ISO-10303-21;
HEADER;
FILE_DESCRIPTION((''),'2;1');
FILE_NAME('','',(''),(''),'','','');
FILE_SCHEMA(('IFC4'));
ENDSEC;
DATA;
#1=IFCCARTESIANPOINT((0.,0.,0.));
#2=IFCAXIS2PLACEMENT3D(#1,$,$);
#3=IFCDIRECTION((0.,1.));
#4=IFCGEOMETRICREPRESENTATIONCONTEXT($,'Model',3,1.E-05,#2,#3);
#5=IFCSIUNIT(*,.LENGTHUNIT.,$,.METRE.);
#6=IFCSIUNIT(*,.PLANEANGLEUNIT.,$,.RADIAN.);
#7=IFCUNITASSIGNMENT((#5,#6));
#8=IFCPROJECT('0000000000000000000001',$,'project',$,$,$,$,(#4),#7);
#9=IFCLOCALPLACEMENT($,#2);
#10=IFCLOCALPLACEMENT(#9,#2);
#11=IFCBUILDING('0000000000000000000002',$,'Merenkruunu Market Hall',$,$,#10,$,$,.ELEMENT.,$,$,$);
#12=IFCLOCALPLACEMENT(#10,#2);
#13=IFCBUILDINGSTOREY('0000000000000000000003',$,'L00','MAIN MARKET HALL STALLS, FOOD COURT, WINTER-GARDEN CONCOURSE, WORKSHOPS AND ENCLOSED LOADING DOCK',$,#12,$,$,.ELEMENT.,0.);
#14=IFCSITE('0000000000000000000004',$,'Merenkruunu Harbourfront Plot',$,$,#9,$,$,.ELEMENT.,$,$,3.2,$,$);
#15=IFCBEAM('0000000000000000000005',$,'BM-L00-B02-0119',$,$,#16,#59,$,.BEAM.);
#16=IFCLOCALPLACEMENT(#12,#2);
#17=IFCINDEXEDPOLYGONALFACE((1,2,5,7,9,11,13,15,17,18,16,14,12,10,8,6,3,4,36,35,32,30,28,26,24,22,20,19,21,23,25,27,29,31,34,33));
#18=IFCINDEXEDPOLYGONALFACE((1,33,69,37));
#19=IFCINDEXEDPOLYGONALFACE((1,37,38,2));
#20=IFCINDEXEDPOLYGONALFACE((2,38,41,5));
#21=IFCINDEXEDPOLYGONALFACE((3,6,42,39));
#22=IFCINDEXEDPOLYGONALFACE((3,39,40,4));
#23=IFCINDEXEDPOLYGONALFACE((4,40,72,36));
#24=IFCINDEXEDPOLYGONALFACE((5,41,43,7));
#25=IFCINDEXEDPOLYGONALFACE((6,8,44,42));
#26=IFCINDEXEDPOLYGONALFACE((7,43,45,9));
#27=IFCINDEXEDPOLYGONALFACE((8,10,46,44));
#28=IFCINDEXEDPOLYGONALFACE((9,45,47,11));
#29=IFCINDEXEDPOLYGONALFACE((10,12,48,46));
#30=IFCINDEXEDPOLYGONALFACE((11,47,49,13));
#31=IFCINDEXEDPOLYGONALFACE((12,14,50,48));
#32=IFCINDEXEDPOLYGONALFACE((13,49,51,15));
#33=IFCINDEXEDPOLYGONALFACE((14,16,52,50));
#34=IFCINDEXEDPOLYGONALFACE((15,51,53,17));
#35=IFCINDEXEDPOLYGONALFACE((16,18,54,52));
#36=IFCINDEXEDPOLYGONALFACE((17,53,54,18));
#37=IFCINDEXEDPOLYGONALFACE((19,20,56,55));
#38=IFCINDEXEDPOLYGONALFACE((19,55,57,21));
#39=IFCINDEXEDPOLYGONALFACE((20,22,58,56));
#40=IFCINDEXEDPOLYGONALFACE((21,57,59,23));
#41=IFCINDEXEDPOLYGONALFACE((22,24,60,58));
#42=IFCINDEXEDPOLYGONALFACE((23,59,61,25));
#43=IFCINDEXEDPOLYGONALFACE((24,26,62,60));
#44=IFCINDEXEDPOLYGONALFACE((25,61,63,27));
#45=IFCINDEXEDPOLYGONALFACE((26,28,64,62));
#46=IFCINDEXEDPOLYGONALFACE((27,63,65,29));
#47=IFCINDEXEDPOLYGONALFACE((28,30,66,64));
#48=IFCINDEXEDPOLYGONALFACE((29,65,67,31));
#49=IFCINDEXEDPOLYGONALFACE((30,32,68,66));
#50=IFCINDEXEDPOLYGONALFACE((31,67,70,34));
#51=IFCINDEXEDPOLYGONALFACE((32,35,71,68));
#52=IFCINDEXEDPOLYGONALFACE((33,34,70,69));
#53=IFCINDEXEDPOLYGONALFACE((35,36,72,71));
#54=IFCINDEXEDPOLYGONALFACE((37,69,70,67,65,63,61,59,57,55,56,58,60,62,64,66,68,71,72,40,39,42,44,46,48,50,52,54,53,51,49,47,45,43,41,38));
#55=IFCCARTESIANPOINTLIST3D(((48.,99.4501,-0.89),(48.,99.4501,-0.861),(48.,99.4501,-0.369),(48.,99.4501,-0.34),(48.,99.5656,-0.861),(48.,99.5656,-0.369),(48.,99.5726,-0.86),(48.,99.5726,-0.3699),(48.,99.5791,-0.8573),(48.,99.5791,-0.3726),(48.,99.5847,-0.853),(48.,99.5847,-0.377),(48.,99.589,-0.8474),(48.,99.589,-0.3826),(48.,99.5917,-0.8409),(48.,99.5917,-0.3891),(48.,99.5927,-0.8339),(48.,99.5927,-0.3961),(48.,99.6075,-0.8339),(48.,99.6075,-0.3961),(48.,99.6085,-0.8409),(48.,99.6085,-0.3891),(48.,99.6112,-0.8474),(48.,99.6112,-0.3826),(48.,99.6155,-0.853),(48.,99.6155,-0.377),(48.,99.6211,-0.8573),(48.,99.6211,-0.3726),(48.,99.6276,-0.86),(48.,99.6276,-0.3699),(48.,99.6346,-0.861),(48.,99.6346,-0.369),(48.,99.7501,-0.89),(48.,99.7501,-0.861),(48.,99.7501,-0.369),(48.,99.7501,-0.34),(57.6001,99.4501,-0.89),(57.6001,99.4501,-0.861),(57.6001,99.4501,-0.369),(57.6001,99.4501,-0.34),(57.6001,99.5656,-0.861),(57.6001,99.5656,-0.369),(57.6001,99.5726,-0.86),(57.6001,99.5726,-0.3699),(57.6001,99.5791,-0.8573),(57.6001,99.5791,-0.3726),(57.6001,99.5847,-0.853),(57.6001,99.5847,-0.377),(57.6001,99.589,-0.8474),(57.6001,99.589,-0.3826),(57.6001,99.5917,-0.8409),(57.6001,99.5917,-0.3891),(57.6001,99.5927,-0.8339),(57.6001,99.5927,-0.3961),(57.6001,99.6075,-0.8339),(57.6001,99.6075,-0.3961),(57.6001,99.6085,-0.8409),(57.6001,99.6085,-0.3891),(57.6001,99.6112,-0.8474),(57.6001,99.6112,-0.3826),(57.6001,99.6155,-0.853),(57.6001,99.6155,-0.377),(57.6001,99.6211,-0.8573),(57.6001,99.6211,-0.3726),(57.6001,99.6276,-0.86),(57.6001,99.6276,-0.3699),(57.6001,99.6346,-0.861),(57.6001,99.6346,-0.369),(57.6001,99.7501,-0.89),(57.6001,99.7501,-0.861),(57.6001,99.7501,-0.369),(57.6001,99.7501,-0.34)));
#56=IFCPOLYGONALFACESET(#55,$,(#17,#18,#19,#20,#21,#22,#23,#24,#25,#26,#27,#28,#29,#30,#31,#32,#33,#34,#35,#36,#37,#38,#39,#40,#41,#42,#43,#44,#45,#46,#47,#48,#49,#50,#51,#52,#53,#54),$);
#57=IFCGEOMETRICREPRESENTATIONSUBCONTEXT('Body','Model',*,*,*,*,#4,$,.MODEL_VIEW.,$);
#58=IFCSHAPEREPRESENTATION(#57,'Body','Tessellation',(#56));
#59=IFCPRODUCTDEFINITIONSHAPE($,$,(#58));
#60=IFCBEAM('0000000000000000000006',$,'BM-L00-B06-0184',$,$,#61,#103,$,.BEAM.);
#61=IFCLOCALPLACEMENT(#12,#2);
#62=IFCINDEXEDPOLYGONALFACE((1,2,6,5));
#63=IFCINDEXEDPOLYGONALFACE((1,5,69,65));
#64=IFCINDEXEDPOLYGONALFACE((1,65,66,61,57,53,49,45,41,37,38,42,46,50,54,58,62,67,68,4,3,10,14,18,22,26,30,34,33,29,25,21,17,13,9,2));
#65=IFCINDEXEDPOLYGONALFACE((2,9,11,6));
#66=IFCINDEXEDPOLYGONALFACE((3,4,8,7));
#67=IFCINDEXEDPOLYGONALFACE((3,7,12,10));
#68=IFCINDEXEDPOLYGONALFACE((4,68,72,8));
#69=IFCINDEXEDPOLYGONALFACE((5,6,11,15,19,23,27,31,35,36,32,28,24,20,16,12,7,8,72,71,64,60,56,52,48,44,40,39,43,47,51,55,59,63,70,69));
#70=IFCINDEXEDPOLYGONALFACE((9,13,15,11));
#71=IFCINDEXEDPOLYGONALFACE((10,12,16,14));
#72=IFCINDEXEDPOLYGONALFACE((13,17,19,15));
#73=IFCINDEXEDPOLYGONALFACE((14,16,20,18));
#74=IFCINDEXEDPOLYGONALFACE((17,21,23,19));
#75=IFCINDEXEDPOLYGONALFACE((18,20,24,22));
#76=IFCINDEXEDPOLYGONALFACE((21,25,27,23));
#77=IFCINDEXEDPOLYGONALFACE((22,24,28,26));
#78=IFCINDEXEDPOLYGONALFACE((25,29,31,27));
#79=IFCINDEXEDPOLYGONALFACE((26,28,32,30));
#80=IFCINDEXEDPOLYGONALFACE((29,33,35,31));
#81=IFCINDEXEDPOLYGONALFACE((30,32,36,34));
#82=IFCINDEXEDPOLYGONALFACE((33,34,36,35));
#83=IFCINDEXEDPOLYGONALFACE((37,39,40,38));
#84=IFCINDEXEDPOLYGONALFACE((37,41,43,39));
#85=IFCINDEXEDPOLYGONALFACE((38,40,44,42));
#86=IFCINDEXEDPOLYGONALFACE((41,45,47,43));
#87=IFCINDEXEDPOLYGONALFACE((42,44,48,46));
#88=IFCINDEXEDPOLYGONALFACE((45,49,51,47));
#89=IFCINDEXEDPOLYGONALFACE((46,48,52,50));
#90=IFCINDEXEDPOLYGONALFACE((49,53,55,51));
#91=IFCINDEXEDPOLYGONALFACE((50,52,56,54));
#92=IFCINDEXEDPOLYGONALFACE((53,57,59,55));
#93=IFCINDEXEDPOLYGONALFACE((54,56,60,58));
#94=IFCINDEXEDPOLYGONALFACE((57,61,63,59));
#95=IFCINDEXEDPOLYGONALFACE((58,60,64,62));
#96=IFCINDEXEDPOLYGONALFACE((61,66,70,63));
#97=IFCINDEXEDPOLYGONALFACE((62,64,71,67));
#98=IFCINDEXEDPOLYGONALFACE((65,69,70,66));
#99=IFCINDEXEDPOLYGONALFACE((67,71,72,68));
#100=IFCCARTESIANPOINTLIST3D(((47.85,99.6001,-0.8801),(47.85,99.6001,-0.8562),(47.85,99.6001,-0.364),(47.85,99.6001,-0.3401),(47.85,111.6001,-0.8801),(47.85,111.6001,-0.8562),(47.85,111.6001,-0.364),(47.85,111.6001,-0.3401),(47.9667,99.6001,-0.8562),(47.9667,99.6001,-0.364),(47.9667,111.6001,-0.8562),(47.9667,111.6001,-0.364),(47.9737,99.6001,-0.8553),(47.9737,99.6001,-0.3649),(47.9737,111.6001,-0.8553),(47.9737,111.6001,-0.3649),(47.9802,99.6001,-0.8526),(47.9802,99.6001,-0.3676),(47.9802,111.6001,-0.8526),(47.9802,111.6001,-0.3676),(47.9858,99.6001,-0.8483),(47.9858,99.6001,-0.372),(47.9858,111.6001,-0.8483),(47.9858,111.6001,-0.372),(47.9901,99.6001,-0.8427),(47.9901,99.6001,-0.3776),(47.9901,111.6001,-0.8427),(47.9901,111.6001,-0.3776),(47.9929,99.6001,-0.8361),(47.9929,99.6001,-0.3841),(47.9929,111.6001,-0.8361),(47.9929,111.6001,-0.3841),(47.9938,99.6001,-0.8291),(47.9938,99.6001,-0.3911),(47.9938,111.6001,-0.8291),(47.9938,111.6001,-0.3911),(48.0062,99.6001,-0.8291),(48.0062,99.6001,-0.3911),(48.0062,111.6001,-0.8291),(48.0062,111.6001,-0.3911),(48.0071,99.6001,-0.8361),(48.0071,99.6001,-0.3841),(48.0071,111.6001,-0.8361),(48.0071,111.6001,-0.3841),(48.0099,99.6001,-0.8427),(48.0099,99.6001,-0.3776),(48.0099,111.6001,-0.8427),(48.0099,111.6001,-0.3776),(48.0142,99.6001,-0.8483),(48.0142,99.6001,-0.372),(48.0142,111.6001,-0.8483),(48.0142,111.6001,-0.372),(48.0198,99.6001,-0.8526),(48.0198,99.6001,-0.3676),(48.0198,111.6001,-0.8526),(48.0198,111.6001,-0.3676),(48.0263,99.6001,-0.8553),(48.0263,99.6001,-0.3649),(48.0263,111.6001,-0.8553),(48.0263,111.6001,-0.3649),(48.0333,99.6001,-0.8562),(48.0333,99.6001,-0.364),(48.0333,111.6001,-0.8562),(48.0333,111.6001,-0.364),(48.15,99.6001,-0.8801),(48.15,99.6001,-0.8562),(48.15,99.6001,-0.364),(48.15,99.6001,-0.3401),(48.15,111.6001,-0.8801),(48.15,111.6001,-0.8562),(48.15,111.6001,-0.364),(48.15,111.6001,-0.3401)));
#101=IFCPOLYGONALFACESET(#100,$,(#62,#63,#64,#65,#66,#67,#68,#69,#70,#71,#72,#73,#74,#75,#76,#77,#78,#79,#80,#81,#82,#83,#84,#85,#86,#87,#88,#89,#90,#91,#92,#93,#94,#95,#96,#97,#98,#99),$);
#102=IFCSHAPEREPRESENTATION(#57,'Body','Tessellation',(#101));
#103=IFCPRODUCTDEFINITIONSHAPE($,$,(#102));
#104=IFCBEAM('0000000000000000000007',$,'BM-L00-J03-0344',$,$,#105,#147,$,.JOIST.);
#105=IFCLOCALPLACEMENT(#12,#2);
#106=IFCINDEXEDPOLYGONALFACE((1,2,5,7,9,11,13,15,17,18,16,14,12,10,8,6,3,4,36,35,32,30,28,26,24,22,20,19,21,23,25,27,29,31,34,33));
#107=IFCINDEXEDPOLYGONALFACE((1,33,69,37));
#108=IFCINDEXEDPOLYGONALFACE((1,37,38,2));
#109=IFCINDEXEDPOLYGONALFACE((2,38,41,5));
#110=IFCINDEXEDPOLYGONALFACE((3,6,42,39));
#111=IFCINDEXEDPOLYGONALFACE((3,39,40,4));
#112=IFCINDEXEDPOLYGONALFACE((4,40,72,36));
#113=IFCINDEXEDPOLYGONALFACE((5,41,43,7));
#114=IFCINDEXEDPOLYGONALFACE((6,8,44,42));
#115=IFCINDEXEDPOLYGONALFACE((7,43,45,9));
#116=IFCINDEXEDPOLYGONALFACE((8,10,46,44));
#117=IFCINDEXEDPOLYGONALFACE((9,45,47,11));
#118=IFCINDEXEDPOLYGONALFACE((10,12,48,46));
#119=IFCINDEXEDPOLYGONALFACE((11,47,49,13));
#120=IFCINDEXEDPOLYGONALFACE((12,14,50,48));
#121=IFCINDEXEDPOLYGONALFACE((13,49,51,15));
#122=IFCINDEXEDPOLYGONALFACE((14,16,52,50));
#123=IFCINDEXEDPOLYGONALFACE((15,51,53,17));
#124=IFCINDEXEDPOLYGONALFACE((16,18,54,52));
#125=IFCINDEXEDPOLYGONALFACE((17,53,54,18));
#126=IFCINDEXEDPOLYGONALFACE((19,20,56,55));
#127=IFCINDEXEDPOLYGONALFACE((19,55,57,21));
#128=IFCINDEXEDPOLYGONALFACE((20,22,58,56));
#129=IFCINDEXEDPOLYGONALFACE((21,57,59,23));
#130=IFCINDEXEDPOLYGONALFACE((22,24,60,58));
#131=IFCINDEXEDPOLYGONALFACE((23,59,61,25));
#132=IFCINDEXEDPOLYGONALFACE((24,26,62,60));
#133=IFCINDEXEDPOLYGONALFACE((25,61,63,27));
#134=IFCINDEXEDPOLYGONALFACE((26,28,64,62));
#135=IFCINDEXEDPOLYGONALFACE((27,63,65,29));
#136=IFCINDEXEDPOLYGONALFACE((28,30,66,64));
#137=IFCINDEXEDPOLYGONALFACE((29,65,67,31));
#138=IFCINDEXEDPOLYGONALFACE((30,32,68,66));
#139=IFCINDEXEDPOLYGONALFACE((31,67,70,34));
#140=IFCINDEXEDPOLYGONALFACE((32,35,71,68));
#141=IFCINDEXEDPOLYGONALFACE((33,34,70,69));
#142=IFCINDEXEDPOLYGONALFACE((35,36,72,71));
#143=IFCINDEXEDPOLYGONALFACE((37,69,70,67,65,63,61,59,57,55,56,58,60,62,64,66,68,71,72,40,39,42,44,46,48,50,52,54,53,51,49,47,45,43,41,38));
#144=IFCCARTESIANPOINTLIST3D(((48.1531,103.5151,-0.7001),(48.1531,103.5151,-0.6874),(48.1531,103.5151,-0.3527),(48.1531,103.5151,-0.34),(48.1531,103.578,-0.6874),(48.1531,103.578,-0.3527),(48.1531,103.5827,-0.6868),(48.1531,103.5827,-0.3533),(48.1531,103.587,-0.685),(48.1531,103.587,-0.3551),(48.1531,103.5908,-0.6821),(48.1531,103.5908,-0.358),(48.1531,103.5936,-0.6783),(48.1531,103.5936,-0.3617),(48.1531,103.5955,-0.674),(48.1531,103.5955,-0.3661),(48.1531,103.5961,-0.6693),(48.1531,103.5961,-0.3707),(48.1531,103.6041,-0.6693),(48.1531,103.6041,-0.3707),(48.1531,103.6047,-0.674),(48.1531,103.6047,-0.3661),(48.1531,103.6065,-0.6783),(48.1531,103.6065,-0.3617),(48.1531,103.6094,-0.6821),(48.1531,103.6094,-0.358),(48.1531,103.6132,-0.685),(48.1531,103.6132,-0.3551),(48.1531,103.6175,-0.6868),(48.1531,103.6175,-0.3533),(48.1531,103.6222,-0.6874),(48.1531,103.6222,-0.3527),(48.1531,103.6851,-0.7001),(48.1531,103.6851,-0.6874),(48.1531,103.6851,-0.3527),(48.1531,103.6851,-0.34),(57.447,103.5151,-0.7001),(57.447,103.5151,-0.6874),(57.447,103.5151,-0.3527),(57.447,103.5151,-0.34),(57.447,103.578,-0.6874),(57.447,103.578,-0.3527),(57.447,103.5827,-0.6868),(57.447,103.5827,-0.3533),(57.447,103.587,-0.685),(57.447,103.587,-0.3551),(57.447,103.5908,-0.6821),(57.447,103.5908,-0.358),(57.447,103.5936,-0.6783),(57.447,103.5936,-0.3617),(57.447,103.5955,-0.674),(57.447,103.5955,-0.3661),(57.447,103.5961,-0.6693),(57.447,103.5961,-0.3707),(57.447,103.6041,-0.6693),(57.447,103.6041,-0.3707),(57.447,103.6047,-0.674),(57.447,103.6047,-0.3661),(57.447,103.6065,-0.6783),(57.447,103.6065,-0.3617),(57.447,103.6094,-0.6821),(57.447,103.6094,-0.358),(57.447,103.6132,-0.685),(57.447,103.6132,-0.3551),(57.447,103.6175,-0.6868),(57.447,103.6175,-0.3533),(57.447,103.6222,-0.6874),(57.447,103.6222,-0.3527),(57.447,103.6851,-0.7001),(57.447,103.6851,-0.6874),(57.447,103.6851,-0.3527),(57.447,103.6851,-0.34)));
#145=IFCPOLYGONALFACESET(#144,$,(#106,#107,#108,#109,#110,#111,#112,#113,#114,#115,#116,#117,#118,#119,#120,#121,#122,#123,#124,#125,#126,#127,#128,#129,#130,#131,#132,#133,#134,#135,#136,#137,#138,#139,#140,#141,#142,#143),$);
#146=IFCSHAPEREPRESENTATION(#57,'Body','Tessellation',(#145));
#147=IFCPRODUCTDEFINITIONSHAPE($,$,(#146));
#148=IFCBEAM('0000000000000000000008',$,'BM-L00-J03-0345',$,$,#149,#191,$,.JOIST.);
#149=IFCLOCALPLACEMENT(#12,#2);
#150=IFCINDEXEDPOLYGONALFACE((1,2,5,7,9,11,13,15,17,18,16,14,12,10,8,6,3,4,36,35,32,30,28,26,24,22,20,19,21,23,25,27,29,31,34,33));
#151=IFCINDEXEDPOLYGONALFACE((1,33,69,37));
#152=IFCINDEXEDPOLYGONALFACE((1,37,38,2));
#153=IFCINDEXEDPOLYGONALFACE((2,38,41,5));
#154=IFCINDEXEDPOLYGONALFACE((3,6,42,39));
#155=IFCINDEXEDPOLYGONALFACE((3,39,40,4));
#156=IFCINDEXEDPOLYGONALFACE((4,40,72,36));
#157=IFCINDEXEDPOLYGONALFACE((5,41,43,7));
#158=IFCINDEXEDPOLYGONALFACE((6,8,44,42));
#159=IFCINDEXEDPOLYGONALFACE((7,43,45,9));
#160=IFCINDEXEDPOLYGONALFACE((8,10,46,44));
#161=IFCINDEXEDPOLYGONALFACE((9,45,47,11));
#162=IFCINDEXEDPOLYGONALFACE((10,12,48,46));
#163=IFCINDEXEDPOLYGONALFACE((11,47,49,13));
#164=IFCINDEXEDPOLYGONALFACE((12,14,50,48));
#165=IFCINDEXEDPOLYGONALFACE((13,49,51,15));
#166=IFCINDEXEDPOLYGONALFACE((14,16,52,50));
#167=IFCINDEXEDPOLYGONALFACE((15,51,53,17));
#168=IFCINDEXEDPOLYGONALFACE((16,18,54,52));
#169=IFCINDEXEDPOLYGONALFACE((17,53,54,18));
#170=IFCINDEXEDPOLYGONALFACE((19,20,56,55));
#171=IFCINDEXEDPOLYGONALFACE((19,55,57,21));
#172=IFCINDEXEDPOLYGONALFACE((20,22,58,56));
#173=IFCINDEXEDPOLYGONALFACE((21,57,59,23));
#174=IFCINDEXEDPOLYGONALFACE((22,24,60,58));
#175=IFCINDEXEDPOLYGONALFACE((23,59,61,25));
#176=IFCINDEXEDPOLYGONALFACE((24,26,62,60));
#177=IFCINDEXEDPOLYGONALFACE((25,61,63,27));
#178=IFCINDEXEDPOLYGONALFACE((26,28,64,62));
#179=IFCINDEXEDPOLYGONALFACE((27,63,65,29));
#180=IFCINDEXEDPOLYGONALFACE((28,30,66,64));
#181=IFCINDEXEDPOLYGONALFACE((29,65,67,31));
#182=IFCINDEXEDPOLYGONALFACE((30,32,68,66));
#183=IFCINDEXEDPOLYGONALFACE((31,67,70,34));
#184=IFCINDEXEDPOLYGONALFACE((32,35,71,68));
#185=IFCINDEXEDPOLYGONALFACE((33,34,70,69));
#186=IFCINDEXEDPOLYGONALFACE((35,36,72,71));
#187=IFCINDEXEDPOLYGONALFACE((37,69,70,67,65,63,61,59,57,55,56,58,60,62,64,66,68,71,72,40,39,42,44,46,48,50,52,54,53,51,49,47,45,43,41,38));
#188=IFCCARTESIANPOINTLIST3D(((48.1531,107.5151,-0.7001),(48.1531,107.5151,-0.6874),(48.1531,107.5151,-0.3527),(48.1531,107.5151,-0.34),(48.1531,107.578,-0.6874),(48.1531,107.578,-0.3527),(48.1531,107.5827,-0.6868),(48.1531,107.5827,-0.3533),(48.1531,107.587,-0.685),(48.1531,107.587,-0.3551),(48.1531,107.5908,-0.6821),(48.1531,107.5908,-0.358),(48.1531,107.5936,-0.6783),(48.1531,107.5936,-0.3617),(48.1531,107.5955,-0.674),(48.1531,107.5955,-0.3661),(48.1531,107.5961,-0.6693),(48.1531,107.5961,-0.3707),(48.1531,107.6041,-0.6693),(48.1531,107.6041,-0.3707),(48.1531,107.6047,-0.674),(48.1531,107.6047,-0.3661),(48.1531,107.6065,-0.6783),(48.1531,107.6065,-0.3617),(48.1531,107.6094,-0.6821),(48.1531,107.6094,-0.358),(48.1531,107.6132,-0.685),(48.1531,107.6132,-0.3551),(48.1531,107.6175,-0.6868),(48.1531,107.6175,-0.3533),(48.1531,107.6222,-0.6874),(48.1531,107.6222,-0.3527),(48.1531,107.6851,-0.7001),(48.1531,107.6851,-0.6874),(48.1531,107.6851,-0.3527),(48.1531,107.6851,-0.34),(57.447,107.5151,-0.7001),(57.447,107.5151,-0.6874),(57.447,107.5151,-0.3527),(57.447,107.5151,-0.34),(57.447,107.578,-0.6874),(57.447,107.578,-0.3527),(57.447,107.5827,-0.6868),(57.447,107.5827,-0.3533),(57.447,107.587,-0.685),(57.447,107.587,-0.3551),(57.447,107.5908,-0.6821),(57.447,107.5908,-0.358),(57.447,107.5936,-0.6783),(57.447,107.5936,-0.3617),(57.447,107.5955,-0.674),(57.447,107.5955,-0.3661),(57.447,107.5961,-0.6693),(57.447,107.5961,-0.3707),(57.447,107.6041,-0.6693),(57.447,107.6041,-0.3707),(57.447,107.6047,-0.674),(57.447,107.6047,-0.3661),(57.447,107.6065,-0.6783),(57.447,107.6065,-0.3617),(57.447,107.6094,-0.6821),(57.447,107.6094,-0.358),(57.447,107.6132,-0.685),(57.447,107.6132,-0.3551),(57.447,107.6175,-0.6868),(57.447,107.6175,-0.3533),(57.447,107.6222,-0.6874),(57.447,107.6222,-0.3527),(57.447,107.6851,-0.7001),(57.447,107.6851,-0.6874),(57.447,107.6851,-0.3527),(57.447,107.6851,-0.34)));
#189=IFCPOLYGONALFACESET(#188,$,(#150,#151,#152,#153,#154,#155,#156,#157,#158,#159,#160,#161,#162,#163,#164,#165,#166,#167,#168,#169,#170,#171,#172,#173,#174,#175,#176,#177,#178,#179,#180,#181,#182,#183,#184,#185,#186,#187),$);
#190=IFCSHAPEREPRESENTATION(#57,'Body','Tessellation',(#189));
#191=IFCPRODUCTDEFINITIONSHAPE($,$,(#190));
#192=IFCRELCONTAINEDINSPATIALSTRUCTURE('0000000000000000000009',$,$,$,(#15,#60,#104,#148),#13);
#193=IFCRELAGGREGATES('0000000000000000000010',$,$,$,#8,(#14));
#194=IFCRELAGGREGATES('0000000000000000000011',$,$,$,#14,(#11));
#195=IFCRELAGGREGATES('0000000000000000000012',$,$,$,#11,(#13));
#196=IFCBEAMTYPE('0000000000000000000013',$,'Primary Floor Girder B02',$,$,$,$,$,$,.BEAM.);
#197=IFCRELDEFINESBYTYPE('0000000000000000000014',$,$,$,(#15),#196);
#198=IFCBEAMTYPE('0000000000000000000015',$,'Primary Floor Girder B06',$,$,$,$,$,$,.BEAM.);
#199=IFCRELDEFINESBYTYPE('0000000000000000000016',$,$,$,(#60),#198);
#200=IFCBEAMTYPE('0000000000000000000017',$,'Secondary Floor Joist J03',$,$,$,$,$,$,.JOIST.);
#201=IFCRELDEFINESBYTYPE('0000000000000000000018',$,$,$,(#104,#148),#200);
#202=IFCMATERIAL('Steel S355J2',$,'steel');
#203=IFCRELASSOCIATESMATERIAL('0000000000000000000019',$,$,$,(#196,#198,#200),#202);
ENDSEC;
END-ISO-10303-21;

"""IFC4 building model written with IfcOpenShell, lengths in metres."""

from ifc_helpers import new_model, si_unit, direction, frame, origin, origin_2d, place, context, subcontext, project, spatial, i_section, extrude, material, material_profile, profile_set, type_object, element, save


model = new_model("IFC4")

# Units and contexts
model_context = context("Model", 3, precision=1e-05, world=origin(), true_north=direction((0.0, 1.0)))
body_context = subcontext(model_context, "Body", "Model", "MODEL_VIEW")
ifc_project = project(units=[si_unit("LENGTHUNIT", "METRE"), si_unit("PLANEANGLEUNIT", "RADIAN")], contexts=[model_context])

# Site, building, storey
site_placement = place(None, origin())
site = spatial("IfcSite", under=ifc_project, at=site_placement, Name="Merenkruunu Harbourfront Plot", CompositionType="ELEMENT", RefElevation=3.2)
building_placement = place(site_placement, origin())
building = spatial("IfcBuilding", under=site, at=building_placement, Name="Merenkruunu Market Hall", CompositionType="ELEMENT")
storey_placement = place(building_placement, origin())
storey = spatial("IfcBuildingStorey", under=building, at=storey_placement, Name="L00", Description="MAIN MARKET HALL STALLS, FOOD COURT, WINTER-GARDEN CONCOURSE, WORKSHOPS AND ENCLOSED LOADING DOCK", CompositionType="ELEMENT", Elevation=0.0)

# Shared definitions
ifc_material_1 = material(Name="Steel S355J2", Category="steel")

# Beams
ifc_material_profile_1 = material_profile(ifc_material_1, i_section(OverallWidth=0.3, OverallDepth=0.55, WebThickness=0.0149, FlangeThickness=0.0291, FilletRadius=0.0271, at=origin_2d()), Name="HEB 550")
ifc_profile_set_1 = profile_set([ifc_material_profile_1], Name="Steel S355J2")
beam_type_1 = type_object("IfcBeamType", Name="Primary Floor Girder B02", PredefinedType="BEAM", material=ifc_profile_set_1)
beam_1_placement = place(storey_placement, frame((48.0, 99.6001, -0.615), z_axis=(1.0, 0.0, 0.0), x_axis=(0.0, 1.0, 0.0)))
element("IfcBeam", 1, at=beam_1_placement, inside=storey, type_object=beam_type_1, Name="BM-L00-B02-0119", PredefinedType="BEAM", context=body_context, shape_type="SweptSolid", body=[
    extrude(i_section(OverallWidth=0.3, OverallDepth=0.55, WebThickness=0.0149, FlangeThickness=0.0291, FilletRadius=0.0271, at=origin_2d()), origin(), (0.0, 0.0, 1.0), 9.6001),
])
ifc_material_profile_2 = material_profile(ifc_material_1, i_section(OverallWidth=0.3, OverallDepth=0.54, WebThickness=0.0125, FlangeThickness=0.0239, FilletRadius=0.0271, at=origin_2d()), Name="HEA 550")
ifc_profile_set_2 = profile_set([ifc_material_profile_2], Name="Steel S355J2")
beam_type_2 = type_object("IfcBeamType", Name="Primary Floor Girder B06", PredefinedType="BEAM", material=ifc_profile_set_2)
beam_2_placement = place(storey_placement, frame((48.0, 99.6001, -0.6101), z_axis=(0.0, 1.0, 0.0), x_axis=(-1.0, 0.0, 0.0)))
element("IfcBeam", 2, at=beam_2_placement, inside=storey, type_object=beam_type_2, Name="BM-L00-B06-0184", PredefinedType="BEAM", context=body_context, shape_type="SweptSolid", body=[
    extrude(i_section(OverallWidth=0.3, OverallDepth=0.54, WebThickness=0.0125, FlangeThickness=0.0239, FilletRadius=0.0271, at=origin_2d()), origin(), (0.0, 0.0, 1.0), 12.0),
])
ifc_material_profile_3 = material_profile(ifc_material_1, i_section(OverallWidth=0.1699, OverallDepth=0.3601, WebThickness=0.0081, FlangeThickness=0.0127, FilletRadius=0.0181, at=origin_2d()), Name="IPE 360")
ifc_profile_set_3 = profile_set([ifc_material_profile_3], Name="Steel S355J2")
beam_type_3 = type_object("IfcBeamType", Name="Secondary Floor Joist J03", PredefinedType="JOIST", material=ifc_profile_set_3)
for number, where, z_axis, x_axis, name in (
    (3, (48.1531, 103.6001, -0.52), (1.0, 0.0, 0.0), (0.0, 1.0, 0.0), "BM-L00-J03-0344"),
    (4, (48.1531, 107.6001, -0.52), (1.0, 0.0, 0.0), (0.0, 1.0, 0.0), "BM-L00-J03-0345"),
):
    element("IfcBeam", number, at=place(storey_placement, frame(where, z_axis=z_axis, x_axis=x_axis)), inside=storey, type_object=beam_type_3, Name=name, PredefinedType="JOIST", context=body_context, shape_type="SweptSolid", body=[
        extrude(i_section(OverallWidth=0.1699, OverallDepth=0.3601, WebThickness=0.0081, FlangeThickness=0.0127, FilletRadius=0.0181, at=origin_2d()), origin(), (0.0, 0.0, 1.0), 9.2939),
    ])

save(model, "model.ifc")
